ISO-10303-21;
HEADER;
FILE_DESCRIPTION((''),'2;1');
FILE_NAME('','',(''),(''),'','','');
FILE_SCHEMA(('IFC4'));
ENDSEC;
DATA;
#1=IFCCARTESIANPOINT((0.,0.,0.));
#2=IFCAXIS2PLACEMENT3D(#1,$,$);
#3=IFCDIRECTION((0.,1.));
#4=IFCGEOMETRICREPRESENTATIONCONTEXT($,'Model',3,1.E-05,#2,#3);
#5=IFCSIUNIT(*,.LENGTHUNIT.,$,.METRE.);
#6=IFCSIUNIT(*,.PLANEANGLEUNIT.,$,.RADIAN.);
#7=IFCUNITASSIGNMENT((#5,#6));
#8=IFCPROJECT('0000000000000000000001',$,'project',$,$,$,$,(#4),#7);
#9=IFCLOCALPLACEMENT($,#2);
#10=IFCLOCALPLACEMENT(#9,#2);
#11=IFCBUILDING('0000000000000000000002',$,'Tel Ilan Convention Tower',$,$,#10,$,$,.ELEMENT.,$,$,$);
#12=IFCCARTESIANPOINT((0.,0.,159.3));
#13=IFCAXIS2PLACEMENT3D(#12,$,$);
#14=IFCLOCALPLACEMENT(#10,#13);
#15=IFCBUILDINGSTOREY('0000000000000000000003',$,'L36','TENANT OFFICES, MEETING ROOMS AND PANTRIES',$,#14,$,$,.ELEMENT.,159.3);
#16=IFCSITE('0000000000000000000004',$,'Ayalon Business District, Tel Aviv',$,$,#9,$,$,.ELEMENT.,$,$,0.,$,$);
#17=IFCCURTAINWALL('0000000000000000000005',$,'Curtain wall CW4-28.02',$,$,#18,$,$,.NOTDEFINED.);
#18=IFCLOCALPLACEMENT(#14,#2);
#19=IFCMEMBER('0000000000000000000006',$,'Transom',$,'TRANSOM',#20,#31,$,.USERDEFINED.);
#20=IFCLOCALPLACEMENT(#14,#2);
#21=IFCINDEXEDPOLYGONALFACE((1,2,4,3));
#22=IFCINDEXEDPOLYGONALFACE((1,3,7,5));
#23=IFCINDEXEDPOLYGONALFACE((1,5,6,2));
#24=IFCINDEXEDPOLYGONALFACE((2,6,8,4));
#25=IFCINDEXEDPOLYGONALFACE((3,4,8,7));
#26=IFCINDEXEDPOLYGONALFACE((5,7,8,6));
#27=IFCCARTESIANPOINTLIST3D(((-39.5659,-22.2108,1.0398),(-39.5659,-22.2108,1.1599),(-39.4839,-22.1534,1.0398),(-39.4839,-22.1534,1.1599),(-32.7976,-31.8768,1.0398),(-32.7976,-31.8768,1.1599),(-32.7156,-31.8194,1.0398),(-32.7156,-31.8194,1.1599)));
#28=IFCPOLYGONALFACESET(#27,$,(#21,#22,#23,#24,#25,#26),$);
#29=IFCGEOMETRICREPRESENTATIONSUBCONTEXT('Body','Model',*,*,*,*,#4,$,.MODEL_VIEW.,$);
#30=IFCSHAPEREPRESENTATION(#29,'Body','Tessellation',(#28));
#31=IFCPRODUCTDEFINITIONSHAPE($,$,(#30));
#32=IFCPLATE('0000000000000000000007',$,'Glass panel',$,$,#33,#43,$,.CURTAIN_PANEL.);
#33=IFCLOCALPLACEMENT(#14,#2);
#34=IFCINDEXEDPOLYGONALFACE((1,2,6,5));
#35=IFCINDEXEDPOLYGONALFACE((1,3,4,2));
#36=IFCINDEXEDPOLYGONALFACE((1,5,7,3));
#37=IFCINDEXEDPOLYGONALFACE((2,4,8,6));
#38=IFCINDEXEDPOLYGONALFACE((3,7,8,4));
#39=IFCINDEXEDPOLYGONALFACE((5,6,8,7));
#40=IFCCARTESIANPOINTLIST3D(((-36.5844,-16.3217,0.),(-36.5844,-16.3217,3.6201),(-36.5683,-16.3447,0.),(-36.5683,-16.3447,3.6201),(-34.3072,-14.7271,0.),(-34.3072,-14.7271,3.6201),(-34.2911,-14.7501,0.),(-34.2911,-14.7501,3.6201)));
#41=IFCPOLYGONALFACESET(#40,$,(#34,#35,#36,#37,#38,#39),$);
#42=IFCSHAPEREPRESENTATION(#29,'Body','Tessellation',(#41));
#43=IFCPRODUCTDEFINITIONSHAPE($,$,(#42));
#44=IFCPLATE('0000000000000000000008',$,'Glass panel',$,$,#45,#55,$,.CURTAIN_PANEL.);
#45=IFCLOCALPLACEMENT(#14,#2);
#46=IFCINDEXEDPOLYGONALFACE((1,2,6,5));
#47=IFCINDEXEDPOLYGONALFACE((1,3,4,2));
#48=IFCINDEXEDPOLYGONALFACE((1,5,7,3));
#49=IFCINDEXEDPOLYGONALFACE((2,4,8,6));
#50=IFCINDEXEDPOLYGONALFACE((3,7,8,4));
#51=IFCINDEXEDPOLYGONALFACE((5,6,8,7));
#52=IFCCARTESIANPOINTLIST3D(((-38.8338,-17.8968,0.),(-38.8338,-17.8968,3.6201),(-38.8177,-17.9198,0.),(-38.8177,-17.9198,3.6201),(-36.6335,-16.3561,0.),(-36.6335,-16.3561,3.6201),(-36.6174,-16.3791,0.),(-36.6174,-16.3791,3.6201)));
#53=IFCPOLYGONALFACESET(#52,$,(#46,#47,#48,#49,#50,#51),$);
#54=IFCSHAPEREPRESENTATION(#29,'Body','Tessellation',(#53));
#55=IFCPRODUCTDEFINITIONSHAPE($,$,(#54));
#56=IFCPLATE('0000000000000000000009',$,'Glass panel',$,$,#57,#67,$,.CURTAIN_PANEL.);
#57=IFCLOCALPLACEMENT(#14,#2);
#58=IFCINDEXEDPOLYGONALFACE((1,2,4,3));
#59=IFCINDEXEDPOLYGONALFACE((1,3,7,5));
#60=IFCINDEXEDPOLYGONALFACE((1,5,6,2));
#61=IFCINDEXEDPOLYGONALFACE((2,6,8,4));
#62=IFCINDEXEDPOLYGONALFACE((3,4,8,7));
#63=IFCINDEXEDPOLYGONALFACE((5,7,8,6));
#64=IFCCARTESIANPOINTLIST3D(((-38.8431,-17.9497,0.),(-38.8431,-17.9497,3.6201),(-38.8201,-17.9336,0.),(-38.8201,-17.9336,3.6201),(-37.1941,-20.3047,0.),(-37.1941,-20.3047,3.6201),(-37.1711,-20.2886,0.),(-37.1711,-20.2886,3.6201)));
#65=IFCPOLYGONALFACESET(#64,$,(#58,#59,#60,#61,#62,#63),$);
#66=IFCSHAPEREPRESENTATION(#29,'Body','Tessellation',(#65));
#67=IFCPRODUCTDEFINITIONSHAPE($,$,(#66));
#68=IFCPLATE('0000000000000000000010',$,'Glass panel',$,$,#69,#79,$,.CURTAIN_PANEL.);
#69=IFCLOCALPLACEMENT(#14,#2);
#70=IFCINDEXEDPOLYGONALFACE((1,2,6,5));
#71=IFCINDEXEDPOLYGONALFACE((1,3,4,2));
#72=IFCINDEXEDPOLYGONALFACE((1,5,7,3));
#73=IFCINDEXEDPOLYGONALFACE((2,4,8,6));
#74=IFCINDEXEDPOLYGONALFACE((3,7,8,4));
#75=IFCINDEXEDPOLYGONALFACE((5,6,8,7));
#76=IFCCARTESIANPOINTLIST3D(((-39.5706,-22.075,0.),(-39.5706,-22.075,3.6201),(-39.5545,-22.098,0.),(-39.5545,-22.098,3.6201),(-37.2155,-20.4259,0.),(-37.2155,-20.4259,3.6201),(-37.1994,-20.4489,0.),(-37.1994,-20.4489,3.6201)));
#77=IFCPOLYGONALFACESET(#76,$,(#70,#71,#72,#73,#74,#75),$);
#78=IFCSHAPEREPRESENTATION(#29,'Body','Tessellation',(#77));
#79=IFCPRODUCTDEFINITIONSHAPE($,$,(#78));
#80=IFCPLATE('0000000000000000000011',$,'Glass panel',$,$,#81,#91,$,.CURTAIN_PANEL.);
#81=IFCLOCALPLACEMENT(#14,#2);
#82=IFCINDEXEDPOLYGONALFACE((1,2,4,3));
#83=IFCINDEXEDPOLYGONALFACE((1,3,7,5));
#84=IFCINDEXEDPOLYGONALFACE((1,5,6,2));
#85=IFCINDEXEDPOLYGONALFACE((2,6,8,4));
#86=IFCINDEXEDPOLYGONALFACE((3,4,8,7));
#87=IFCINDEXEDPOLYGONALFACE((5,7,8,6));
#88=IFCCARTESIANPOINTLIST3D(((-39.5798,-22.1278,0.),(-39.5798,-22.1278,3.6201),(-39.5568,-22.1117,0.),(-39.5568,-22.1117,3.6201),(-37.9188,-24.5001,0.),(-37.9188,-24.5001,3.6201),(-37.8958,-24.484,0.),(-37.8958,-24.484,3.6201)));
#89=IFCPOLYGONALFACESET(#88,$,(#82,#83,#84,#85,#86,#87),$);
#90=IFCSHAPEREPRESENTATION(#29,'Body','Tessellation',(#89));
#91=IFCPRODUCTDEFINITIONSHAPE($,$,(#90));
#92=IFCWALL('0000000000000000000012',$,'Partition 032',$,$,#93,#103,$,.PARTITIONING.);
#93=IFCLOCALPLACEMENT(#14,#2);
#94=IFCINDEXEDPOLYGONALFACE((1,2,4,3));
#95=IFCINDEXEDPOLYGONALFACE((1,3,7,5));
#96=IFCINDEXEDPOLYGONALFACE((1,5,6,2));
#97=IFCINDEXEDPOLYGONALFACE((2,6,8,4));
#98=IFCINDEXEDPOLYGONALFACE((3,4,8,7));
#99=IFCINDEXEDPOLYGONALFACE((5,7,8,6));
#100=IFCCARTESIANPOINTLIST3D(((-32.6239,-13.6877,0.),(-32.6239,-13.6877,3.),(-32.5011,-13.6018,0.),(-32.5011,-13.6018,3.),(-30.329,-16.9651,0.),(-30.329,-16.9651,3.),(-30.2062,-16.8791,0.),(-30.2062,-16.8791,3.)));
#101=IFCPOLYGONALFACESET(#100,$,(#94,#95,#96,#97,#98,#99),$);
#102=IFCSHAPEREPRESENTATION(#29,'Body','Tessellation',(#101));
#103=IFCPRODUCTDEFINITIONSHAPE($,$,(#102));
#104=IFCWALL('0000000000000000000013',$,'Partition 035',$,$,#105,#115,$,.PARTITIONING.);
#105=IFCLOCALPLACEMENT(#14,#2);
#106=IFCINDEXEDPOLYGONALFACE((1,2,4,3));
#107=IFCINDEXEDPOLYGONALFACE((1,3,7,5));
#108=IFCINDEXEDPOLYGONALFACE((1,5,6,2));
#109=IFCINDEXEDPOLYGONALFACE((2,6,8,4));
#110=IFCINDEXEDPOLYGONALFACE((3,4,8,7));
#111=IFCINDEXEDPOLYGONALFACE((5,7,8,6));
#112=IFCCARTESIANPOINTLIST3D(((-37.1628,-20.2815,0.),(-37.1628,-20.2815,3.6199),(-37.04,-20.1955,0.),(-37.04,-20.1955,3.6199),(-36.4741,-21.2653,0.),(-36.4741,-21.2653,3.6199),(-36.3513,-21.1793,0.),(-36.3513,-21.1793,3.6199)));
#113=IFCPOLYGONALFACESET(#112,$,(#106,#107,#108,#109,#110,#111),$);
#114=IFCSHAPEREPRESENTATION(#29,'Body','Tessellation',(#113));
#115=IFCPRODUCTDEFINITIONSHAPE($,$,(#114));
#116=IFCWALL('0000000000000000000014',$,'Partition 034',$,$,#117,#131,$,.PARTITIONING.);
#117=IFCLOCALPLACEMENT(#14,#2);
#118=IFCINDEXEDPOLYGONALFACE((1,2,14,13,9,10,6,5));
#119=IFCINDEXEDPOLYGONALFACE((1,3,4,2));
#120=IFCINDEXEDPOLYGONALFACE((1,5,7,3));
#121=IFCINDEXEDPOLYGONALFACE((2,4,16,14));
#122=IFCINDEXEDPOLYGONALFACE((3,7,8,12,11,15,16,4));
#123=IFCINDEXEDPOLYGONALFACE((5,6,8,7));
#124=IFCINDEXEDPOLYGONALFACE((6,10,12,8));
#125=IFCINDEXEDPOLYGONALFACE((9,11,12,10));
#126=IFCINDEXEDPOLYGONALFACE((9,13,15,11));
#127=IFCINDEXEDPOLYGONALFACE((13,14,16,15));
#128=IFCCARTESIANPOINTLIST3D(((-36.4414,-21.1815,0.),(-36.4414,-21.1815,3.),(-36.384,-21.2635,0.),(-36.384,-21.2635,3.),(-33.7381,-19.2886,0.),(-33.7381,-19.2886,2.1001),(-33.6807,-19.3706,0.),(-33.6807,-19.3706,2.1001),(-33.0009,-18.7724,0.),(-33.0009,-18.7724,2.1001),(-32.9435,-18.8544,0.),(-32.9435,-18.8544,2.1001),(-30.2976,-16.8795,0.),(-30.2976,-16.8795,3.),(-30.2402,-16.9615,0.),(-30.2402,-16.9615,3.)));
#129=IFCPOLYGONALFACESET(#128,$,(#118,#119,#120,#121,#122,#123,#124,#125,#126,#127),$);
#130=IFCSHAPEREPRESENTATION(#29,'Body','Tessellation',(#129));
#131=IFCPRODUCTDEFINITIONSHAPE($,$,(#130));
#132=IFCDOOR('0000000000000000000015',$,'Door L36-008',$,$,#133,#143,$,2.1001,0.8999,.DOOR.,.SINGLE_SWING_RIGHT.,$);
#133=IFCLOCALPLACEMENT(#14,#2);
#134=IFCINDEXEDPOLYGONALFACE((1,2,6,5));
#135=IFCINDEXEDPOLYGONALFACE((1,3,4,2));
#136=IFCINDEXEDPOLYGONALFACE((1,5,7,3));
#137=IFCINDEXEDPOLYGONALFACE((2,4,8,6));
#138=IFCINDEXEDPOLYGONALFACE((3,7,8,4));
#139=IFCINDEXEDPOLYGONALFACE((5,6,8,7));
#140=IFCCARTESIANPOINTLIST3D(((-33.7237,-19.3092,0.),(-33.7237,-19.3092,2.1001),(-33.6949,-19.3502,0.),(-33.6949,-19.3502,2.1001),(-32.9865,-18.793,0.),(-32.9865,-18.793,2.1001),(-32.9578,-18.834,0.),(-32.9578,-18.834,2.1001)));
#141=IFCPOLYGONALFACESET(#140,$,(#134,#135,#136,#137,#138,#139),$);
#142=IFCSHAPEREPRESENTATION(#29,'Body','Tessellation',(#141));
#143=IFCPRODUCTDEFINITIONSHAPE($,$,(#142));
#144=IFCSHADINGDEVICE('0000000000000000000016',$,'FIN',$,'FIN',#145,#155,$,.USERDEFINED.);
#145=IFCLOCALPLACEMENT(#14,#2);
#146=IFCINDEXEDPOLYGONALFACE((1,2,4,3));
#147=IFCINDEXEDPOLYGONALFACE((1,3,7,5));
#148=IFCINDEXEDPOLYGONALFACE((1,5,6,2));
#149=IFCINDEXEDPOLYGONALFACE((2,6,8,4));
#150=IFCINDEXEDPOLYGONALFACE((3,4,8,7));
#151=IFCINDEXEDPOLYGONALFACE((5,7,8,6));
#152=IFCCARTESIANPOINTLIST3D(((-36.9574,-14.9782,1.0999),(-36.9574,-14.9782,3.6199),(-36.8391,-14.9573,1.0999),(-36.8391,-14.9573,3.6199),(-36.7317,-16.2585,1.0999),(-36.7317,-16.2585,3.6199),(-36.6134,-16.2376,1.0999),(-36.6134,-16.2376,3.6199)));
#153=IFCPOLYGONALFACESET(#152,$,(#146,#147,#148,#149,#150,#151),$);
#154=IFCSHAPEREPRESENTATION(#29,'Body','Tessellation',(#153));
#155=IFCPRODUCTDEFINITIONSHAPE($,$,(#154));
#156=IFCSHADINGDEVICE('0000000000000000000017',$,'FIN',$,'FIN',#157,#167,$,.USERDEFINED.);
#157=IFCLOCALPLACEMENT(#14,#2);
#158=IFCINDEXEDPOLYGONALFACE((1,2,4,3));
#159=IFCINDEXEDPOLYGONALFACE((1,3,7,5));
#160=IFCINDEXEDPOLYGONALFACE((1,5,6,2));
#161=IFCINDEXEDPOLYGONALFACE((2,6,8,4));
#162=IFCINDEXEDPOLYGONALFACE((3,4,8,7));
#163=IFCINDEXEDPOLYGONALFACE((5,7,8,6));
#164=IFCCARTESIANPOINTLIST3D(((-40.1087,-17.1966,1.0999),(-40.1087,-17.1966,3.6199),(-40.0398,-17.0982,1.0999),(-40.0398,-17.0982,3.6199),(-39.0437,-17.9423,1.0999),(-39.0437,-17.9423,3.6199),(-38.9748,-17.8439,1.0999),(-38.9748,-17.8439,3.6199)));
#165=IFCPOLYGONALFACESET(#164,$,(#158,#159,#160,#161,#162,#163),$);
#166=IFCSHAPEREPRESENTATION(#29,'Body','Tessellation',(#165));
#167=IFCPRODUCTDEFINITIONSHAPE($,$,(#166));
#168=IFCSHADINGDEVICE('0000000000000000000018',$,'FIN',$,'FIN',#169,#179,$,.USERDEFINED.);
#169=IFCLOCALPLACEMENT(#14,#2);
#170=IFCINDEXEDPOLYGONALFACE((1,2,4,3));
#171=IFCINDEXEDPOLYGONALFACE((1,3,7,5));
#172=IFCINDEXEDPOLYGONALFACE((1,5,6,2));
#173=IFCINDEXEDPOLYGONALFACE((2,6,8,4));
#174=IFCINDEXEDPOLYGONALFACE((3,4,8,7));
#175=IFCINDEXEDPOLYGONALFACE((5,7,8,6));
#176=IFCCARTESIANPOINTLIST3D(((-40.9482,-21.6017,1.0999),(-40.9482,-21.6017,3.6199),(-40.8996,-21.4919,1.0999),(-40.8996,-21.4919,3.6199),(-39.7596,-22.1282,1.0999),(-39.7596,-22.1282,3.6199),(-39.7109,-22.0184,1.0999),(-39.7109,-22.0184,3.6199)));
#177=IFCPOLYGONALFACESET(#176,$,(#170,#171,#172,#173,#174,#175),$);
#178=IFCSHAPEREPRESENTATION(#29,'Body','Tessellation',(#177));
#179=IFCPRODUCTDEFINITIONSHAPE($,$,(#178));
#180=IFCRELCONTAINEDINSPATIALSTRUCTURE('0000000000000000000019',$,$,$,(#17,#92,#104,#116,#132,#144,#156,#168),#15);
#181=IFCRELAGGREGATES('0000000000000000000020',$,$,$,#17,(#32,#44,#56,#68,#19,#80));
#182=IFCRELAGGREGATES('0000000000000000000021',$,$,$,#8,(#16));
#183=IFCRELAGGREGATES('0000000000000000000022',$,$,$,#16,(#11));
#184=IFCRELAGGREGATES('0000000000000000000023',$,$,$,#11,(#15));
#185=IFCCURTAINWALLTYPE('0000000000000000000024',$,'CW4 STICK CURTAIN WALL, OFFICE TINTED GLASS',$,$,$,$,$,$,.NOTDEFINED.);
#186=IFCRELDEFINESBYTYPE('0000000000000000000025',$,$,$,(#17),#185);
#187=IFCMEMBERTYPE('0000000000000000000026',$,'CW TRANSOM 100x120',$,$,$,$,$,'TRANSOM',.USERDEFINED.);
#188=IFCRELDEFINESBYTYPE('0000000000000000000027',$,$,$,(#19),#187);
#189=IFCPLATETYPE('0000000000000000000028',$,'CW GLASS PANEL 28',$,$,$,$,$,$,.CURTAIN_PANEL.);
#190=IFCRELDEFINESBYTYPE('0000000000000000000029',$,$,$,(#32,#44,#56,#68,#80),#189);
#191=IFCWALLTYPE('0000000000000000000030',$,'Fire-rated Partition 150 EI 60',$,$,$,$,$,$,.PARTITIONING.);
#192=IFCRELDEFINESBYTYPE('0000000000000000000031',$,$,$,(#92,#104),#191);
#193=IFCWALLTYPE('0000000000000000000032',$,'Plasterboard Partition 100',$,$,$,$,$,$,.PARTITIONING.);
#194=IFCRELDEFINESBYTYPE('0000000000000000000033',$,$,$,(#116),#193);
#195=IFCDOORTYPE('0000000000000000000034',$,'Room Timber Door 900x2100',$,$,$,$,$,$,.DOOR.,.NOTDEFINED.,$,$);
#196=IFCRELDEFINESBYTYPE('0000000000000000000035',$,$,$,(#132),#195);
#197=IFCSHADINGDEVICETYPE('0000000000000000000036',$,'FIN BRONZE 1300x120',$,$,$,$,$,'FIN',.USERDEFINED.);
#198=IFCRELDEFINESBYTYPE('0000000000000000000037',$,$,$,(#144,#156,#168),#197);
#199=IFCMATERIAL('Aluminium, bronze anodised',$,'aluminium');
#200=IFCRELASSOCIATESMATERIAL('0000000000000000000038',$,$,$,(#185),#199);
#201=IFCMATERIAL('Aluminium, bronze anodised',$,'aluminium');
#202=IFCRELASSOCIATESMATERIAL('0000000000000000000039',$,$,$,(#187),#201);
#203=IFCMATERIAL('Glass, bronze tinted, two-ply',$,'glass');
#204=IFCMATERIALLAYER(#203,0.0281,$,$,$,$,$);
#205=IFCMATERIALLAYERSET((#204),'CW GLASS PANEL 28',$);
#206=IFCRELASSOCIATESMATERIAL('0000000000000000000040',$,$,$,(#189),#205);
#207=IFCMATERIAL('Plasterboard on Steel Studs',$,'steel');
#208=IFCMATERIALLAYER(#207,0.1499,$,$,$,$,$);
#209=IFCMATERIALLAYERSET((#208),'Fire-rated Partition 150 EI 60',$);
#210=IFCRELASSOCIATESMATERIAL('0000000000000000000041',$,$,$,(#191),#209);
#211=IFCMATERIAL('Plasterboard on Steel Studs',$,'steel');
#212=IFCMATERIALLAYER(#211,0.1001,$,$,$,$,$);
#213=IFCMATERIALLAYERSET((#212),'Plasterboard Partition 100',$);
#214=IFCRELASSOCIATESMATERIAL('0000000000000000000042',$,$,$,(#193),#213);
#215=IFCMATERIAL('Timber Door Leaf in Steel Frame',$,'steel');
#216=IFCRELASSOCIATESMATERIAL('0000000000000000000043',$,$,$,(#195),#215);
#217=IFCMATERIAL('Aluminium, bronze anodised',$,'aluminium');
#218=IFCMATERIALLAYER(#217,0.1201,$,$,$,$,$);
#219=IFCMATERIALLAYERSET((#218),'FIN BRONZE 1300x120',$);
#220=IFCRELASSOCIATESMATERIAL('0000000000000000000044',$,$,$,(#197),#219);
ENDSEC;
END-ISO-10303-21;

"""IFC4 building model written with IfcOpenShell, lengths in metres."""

from ifc_helpers import new_model, si_unit, direction, frame, frame_2d, origin, origin_2d, place, context, subcontext, project, spatial, rectangle, extrude, material, layer, layer_set, material_profile, profile_set, type_object, element, fill, aggregate, save


model = new_model("IFC4")

# Units and contexts
model_context = context("Model", 3, precision=1e-05, world=origin(), true_north=direction((0.0, 1.0)))
body_context = subcontext(model_context, "Body", "Model", "MODEL_VIEW")
ifc_project = project(units=[si_unit("LENGTHUNIT", "METRE"), si_unit("PLANEANGLEUNIT", "RADIAN")], contexts=[model_context])

# Site, building, storey
site_placement = place(None, origin())
site = spatial("IfcSite", under=ifc_project, at=site_placement, Name="Ayalon Business District, Tel Aviv", CompositionType="ELEMENT", RefElevation=0.0)
building_placement = place(site_placement, origin())
building = spatial("IfcBuilding", under=site, at=building_placement, Name="Tel Ilan Convention Tower", CompositionType="ELEMENT")
storey_placement = place(building_placement, frame((0.0, 0.0, 159.3)))
storey = spatial("IfcBuildingStorey", under=building, at=storey_placement, Name="L36", Description="TENANT OFFICES, MEETING ROOMS AND PANTRIES", CompositionType="ELEMENT", Elevation=159.3)

# Curtain wall, member, plates
ifc_material_1 = material(Name="Aluminium, bronze anodised", Category="aluminium")
curtain_wall_type = type_object("IfcCurtainWallType", Name="CW4 STICK CURTAIN WALL, OFFICE TINTED GLASS", PredefinedType="NOTDEFINED", material=ifc_material_1)
curtain_wall_placement = place(storey_placement, origin())
curtain_wall = element("IfcCurtainWall", 1, at=curtain_wall_placement, inside=storey, type_object=curtain_wall_type, Name="Curtain wall CW4-28.02", PredefinedType="NOTDEFINED")
ifc_material_2 = material(Name="Aluminium, bronze anodised", Category="aluminium")
ifc_material_profile_1 = material_profile(ifc_material_2, rectangle(XDim=0.1001, YDim=0.1201, at=origin_2d()), Name="CW TRANSOM 100x120")
ifc_profile_set_1 = profile_set([ifc_material_profile_1], Name="Aluminium, bronze anodised")
member_type_1 = type_object("IfcMemberType", Name="CW TRANSOM 100x120", ElementType="TRANSOM", PredefinedType="USERDEFINED", material=ifc_profile_set_1)
member_1_placement = place(storey_placement, frame((-39.5249, -22.1821, 1.0999), z_axis=(0.573582, -0.819148, 0.0), x_axis=(0.819148, 0.573582, 0.0)))
member_1 = element("IfcMember", 2, at=member_1_placement, type_object=member_type_1, Name="Transom", ObjectType="TRANSOM", PredefinedType="USERDEFINED", context=body_context, shape_type="SweptSolid", body=[
    extrude(rectangle(XDim=0.1001, YDim=0.1201, at=origin_2d()), origin(), (0.0, 0.0, 1.0), 11.8),
])
ifc_material_3 = material(Name="Glass, bronze tinted, two-ply", Category="glass")
ifc_layer_1 = layer(ifc_material_3, 0.0281)
ifc_layer_set_1 = layer_set([ifc_layer_1], Name="CW GLASS PANEL 28")
plate_type = type_object("IfcPlateType", Name="CW GLASS PANEL 28", PredefinedType="CURTAIN_PANEL", material=ifc_layer_set_1)
plate_1_placement = place(storey_placement, frame((-35.4377, -15.5359, 0.0), z_axis=(0.0, 0.0, 1.0), x_axis=(-0.819152, -0.573576, 0.0)))
plate_1 = element("IfcPlate", 3, at=plate_1_placement, type_object=plate_type, Name="Glass panel", PredefinedType="CURTAIN_PANEL", context=body_context, shape_type="SweptSolid", body=[
    extrude(rectangle(XDim=2.78, YDim=0.0281, at=origin_2d()), origin(), (0.0, 0.0, 1.0), 3.6201),
])
plate_2_placement = place(storey_placement, frame((-37.7256, -17.1379, 0.0), z_axis=(0.0, 0.0, 1.0), x_axis=(-0.819152, -0.573576, 0.0)))
plate_2 = element("IfcPlate", 4, at=plate_2_placement, type_object=plate_type, Name="Glass panel", PredefinedType="CURTAIN_PANEL", context=body_context, shape_type="SweptSolid", body=[
    extrude(rectangle(XDim=2.686, YDim=0.0281, at=origin_2d()), origin(), (0.0, 0.0, 1.0), 3.6201),
])
plate_3_placement = place(storey_placement, frame((-38.0071, -19.1191, 0.0), z_axis=(0.0, 0.0, 1.0), x_axis=(0.573576, -0.819152, 0.0)))
plate_3 = element("IfcPlate", 5, at=plate_3_placement, type_object=plate_type, Name="Glass panel", PredefinedType="CURTAIN_PANEL", context=body_context, shape_type="SweptSolid", body=[
    extrude(rectangle(XDim=2.875, YDim=0.0281, at=origin_2d()), origin(), (0.0, 0.0, 1.0), 3.6201),
])
plate_4_placement = place(storey_placement, frame((-38.385, -21.262, 0.0), z_axis=(0.0, 0.0, 1.0), x_axis=(-0.819152, -0.573576, 0.0)))
plate_4 = element("IfcPlate", 6, at=plate_4_placement, type_object=plate_type, Name="Glass panel", PredefinedType="CURTAIN_PANEL", context=body_context, shape_type="SweptSolid", body=[
    extrude(rectangle(XDim=2.875, YDim=0.0281, at=origin_2d()), origin(), (0.0, 0.0, 1.0), 3.6201),
])
plate_5_placement = place(storey_placement, frame((-38.7378, -23.3059, 0.0), z_axis=(0.0, 0.0, 1.0), x_axis=(0.573576, -0.819152, 0.0)))
plate_5 = element("IfcPlate", 7, at=plate_5_placement, type_object=plate_type, Name="Glass panel", PredefinedType="CURTAIN_PANEL", context=body_context, shape_type="SweptSolid", body=[
    extrude(rectangle(XDim=2.896, YDim=0.0281, at=origin_2d()), origin(), (0.0, 0.0, 1.0), 3.6201),
])
aggregate(curtain_wall, [plate_1, plate_2, plate_3, plate_4, member_1, plate_5])

# Walls
ifc_material_4 = material(Name="Plasterboard on Steel Studs", Category="steel")
ifc_layer_2 = layer(ifc_material_4, 0.1499)
ifc_layer_set_2 = layer_set([ifc_layer_2], Name="Fire-rated Partition 150 EI 60")
wall_type_1 = type_object("IfcWallType", Name="Fire-rated Partition 150 EI 60", PredefinedType="PARTITIONING", material=ifc_layer_set_2)
wall_1_placement = place(storey_placement, frame((-30.2676, -16.9221, 0.0), z_axis=(0.0, 0.0, 1.0), x_axis=(-0.573593, 0.81914, 0.0)))
element("IfcWall", 8, at=wall_1_placement, inside=storey, type_object=wall_type_1, Name="Partition 032", PredefinedType="PARTITIONING", context=body_context, shape_type="SweptSolid", body=[
    extrude(rectangle(XDim=4.001, YDim=0.1499, at=frame_2d((2.0005, 0.0))), origin(), (0.0, 0.0, 1.0), 3.0),
])
wall_2_placement = place(storey_placement, frame((-36.4126, -21.2224, 0.0), z_axis=(0.0, 0.0, 1.0), x_axis=(-0.573462, 0.819232, 0.0)))
element("IfcWall", 9, at=wall_2_placement, inside=storey, type_object=wall_type_1, Name="Partition 035", PredefinedType="PARTITIONING", context=body_context, shape_type="SweptSolid", body=[
    extrude(rectangle(XDim=1.2009, YDim=0.1499, at=frame_2d((0.6006, 0.0))), origin(), (0.0, 0.0, 1.0), 3.6199),
])

# Wall, opening, door
ifc_material_5 = material(Name="Plasterboard on Steel Studs", Category="steel")
ifc_layer_3 = layer(ifc_material_5, 0.1001)
ifc_layer_set_3 = layer_set([ifc_layer_3], Name="Plasterboard Partition 100")
wall_type_2 = type_object("IfcWallType", Name="Plasterboard Partition 100", PredefinedType="PARTITIONING", material=ifc_layer_set_3)
wall_3_placement = place(storey_placement, frame((-36.4126, -21.2224, 0.0), z_axis=(0.0, 0.0, 1.0), x_axis=(0.819148, 0.573582, 0.0)))
wall_3 = element("IfcWall", 10, at=wall_3_placement, inside=storey, type_object=wall_type_2, Name="Partition 034", PredefinedType="PARTITIONING", context=body_context, shape_type="SweptSolid", body=[
    extrude(rectangle(XDim=7.5002, YDim=0.1001, at=frame_2d((3.75, 0.0))), origin(), (0.0, 0.0, 1.0), 3.0),
])
opening_placement = place(wall_3_placement, frame((3.3, 0.0, 0.0)))
opening = element("IfcOpeningElement", 11, at=opening_placement, cuts=wall_3, PredefinedType="OPENING", context=body_context, shape_type="SweptSolid", body=[
    extrude(rectangle(XDim=0.8999, YDim=2.1001, at=frame_2d((0.45, 1.05))), frame((0.0, 0.0601, 0.0), z_axis=(0.0, -1.0, 0.0), x_axis=(1.0, 0.0, 0.0)), (0.0, 0.0, 1.0), 0.1201),
])
ifc_material_6 = material(Name="Timber Door Leaf in Steel Frame", Category="steel")
door_type = type_object("IfcDoorType", Name="Room Timber Door 900x2100", OperationType="NOTDEFINED", PredefinedType="DOOR", material=ifc_material_6)
door_placement = place(opening_placement, origin())
door = element("IfcDoor", 12, at=door_placement, inside=storey, type_object=door_type, Name="Door L36-008", OperationType="SINGLE_SWING_RIGHT", OverallHeight=2.1001, OverallWidth=0.8999, PredefinedType="DOOR", context=body_context, shape_type="SweptSolid", body=[
    extrude(rectangle(XDim=0.8999, YDim=2.1001, at=frame_2d((0.45, 1.05))), frame((0.0, 0.0249, 0.0), z_axis=(0.0, -1.0, 0.0), x_axis=(1.0, 0.0, 0.0)), (0.0, 0.0, 1.0), 0.05),
])
fill(opening, door)

# Shading devices
ifc_material_7 = material(Name="Aluminium, bronze anodised", Category="aluminium")
ifc_layer_4 = layer(ifc_material_7, 0.1201)
ifc_layer_set_4 = layer_set([ifc_layer_4], Name="FIN BRONZE 1300x120")
shading_device_type = type_object("IfcShadingDeviceType", Name="FIN BRONZE 1300x120", ElementType="FIN", PredefinedType="USERDEFINED", material=ifc_layer_set_4)
for number, where, z_axis, x_axis, name in (
    (13, (-36.7854, -15.6079, 1.0999), (0.0, 0.0, 1.0), (-0.173648, 0.984808, 0.0), "FIN"),
    (14, (-39.5417, -17.5203, 1.0999), (0.0, 0.0, 1.0), (-0.819152, 0.573576, 0.0), "FIN"),
    (15, (-40.3296, -21.8101, 1.0999), (0.0, 0.0, 1.0), (-0.914333, 0.404964, 0.0), "FIN"),
):
    element("IfcShadingDevice", number, at=place(storey_placement, frame(where, z_axis=z_axis, x_axis=x_axis)), inside=storey, type_object=shading_device_type, Name=name, ObjectType="FIN", PredefinedType="USERDEFINED", context=body_context, shape_type="SweptSolid", body=[
        extrude(rectangle(XDim=1.3, YDim=0.1201, at=origin_2d()), origin(), (0.0, 0.0, 1.0), 2.52),
    ])

save(model, "model.ifc")
